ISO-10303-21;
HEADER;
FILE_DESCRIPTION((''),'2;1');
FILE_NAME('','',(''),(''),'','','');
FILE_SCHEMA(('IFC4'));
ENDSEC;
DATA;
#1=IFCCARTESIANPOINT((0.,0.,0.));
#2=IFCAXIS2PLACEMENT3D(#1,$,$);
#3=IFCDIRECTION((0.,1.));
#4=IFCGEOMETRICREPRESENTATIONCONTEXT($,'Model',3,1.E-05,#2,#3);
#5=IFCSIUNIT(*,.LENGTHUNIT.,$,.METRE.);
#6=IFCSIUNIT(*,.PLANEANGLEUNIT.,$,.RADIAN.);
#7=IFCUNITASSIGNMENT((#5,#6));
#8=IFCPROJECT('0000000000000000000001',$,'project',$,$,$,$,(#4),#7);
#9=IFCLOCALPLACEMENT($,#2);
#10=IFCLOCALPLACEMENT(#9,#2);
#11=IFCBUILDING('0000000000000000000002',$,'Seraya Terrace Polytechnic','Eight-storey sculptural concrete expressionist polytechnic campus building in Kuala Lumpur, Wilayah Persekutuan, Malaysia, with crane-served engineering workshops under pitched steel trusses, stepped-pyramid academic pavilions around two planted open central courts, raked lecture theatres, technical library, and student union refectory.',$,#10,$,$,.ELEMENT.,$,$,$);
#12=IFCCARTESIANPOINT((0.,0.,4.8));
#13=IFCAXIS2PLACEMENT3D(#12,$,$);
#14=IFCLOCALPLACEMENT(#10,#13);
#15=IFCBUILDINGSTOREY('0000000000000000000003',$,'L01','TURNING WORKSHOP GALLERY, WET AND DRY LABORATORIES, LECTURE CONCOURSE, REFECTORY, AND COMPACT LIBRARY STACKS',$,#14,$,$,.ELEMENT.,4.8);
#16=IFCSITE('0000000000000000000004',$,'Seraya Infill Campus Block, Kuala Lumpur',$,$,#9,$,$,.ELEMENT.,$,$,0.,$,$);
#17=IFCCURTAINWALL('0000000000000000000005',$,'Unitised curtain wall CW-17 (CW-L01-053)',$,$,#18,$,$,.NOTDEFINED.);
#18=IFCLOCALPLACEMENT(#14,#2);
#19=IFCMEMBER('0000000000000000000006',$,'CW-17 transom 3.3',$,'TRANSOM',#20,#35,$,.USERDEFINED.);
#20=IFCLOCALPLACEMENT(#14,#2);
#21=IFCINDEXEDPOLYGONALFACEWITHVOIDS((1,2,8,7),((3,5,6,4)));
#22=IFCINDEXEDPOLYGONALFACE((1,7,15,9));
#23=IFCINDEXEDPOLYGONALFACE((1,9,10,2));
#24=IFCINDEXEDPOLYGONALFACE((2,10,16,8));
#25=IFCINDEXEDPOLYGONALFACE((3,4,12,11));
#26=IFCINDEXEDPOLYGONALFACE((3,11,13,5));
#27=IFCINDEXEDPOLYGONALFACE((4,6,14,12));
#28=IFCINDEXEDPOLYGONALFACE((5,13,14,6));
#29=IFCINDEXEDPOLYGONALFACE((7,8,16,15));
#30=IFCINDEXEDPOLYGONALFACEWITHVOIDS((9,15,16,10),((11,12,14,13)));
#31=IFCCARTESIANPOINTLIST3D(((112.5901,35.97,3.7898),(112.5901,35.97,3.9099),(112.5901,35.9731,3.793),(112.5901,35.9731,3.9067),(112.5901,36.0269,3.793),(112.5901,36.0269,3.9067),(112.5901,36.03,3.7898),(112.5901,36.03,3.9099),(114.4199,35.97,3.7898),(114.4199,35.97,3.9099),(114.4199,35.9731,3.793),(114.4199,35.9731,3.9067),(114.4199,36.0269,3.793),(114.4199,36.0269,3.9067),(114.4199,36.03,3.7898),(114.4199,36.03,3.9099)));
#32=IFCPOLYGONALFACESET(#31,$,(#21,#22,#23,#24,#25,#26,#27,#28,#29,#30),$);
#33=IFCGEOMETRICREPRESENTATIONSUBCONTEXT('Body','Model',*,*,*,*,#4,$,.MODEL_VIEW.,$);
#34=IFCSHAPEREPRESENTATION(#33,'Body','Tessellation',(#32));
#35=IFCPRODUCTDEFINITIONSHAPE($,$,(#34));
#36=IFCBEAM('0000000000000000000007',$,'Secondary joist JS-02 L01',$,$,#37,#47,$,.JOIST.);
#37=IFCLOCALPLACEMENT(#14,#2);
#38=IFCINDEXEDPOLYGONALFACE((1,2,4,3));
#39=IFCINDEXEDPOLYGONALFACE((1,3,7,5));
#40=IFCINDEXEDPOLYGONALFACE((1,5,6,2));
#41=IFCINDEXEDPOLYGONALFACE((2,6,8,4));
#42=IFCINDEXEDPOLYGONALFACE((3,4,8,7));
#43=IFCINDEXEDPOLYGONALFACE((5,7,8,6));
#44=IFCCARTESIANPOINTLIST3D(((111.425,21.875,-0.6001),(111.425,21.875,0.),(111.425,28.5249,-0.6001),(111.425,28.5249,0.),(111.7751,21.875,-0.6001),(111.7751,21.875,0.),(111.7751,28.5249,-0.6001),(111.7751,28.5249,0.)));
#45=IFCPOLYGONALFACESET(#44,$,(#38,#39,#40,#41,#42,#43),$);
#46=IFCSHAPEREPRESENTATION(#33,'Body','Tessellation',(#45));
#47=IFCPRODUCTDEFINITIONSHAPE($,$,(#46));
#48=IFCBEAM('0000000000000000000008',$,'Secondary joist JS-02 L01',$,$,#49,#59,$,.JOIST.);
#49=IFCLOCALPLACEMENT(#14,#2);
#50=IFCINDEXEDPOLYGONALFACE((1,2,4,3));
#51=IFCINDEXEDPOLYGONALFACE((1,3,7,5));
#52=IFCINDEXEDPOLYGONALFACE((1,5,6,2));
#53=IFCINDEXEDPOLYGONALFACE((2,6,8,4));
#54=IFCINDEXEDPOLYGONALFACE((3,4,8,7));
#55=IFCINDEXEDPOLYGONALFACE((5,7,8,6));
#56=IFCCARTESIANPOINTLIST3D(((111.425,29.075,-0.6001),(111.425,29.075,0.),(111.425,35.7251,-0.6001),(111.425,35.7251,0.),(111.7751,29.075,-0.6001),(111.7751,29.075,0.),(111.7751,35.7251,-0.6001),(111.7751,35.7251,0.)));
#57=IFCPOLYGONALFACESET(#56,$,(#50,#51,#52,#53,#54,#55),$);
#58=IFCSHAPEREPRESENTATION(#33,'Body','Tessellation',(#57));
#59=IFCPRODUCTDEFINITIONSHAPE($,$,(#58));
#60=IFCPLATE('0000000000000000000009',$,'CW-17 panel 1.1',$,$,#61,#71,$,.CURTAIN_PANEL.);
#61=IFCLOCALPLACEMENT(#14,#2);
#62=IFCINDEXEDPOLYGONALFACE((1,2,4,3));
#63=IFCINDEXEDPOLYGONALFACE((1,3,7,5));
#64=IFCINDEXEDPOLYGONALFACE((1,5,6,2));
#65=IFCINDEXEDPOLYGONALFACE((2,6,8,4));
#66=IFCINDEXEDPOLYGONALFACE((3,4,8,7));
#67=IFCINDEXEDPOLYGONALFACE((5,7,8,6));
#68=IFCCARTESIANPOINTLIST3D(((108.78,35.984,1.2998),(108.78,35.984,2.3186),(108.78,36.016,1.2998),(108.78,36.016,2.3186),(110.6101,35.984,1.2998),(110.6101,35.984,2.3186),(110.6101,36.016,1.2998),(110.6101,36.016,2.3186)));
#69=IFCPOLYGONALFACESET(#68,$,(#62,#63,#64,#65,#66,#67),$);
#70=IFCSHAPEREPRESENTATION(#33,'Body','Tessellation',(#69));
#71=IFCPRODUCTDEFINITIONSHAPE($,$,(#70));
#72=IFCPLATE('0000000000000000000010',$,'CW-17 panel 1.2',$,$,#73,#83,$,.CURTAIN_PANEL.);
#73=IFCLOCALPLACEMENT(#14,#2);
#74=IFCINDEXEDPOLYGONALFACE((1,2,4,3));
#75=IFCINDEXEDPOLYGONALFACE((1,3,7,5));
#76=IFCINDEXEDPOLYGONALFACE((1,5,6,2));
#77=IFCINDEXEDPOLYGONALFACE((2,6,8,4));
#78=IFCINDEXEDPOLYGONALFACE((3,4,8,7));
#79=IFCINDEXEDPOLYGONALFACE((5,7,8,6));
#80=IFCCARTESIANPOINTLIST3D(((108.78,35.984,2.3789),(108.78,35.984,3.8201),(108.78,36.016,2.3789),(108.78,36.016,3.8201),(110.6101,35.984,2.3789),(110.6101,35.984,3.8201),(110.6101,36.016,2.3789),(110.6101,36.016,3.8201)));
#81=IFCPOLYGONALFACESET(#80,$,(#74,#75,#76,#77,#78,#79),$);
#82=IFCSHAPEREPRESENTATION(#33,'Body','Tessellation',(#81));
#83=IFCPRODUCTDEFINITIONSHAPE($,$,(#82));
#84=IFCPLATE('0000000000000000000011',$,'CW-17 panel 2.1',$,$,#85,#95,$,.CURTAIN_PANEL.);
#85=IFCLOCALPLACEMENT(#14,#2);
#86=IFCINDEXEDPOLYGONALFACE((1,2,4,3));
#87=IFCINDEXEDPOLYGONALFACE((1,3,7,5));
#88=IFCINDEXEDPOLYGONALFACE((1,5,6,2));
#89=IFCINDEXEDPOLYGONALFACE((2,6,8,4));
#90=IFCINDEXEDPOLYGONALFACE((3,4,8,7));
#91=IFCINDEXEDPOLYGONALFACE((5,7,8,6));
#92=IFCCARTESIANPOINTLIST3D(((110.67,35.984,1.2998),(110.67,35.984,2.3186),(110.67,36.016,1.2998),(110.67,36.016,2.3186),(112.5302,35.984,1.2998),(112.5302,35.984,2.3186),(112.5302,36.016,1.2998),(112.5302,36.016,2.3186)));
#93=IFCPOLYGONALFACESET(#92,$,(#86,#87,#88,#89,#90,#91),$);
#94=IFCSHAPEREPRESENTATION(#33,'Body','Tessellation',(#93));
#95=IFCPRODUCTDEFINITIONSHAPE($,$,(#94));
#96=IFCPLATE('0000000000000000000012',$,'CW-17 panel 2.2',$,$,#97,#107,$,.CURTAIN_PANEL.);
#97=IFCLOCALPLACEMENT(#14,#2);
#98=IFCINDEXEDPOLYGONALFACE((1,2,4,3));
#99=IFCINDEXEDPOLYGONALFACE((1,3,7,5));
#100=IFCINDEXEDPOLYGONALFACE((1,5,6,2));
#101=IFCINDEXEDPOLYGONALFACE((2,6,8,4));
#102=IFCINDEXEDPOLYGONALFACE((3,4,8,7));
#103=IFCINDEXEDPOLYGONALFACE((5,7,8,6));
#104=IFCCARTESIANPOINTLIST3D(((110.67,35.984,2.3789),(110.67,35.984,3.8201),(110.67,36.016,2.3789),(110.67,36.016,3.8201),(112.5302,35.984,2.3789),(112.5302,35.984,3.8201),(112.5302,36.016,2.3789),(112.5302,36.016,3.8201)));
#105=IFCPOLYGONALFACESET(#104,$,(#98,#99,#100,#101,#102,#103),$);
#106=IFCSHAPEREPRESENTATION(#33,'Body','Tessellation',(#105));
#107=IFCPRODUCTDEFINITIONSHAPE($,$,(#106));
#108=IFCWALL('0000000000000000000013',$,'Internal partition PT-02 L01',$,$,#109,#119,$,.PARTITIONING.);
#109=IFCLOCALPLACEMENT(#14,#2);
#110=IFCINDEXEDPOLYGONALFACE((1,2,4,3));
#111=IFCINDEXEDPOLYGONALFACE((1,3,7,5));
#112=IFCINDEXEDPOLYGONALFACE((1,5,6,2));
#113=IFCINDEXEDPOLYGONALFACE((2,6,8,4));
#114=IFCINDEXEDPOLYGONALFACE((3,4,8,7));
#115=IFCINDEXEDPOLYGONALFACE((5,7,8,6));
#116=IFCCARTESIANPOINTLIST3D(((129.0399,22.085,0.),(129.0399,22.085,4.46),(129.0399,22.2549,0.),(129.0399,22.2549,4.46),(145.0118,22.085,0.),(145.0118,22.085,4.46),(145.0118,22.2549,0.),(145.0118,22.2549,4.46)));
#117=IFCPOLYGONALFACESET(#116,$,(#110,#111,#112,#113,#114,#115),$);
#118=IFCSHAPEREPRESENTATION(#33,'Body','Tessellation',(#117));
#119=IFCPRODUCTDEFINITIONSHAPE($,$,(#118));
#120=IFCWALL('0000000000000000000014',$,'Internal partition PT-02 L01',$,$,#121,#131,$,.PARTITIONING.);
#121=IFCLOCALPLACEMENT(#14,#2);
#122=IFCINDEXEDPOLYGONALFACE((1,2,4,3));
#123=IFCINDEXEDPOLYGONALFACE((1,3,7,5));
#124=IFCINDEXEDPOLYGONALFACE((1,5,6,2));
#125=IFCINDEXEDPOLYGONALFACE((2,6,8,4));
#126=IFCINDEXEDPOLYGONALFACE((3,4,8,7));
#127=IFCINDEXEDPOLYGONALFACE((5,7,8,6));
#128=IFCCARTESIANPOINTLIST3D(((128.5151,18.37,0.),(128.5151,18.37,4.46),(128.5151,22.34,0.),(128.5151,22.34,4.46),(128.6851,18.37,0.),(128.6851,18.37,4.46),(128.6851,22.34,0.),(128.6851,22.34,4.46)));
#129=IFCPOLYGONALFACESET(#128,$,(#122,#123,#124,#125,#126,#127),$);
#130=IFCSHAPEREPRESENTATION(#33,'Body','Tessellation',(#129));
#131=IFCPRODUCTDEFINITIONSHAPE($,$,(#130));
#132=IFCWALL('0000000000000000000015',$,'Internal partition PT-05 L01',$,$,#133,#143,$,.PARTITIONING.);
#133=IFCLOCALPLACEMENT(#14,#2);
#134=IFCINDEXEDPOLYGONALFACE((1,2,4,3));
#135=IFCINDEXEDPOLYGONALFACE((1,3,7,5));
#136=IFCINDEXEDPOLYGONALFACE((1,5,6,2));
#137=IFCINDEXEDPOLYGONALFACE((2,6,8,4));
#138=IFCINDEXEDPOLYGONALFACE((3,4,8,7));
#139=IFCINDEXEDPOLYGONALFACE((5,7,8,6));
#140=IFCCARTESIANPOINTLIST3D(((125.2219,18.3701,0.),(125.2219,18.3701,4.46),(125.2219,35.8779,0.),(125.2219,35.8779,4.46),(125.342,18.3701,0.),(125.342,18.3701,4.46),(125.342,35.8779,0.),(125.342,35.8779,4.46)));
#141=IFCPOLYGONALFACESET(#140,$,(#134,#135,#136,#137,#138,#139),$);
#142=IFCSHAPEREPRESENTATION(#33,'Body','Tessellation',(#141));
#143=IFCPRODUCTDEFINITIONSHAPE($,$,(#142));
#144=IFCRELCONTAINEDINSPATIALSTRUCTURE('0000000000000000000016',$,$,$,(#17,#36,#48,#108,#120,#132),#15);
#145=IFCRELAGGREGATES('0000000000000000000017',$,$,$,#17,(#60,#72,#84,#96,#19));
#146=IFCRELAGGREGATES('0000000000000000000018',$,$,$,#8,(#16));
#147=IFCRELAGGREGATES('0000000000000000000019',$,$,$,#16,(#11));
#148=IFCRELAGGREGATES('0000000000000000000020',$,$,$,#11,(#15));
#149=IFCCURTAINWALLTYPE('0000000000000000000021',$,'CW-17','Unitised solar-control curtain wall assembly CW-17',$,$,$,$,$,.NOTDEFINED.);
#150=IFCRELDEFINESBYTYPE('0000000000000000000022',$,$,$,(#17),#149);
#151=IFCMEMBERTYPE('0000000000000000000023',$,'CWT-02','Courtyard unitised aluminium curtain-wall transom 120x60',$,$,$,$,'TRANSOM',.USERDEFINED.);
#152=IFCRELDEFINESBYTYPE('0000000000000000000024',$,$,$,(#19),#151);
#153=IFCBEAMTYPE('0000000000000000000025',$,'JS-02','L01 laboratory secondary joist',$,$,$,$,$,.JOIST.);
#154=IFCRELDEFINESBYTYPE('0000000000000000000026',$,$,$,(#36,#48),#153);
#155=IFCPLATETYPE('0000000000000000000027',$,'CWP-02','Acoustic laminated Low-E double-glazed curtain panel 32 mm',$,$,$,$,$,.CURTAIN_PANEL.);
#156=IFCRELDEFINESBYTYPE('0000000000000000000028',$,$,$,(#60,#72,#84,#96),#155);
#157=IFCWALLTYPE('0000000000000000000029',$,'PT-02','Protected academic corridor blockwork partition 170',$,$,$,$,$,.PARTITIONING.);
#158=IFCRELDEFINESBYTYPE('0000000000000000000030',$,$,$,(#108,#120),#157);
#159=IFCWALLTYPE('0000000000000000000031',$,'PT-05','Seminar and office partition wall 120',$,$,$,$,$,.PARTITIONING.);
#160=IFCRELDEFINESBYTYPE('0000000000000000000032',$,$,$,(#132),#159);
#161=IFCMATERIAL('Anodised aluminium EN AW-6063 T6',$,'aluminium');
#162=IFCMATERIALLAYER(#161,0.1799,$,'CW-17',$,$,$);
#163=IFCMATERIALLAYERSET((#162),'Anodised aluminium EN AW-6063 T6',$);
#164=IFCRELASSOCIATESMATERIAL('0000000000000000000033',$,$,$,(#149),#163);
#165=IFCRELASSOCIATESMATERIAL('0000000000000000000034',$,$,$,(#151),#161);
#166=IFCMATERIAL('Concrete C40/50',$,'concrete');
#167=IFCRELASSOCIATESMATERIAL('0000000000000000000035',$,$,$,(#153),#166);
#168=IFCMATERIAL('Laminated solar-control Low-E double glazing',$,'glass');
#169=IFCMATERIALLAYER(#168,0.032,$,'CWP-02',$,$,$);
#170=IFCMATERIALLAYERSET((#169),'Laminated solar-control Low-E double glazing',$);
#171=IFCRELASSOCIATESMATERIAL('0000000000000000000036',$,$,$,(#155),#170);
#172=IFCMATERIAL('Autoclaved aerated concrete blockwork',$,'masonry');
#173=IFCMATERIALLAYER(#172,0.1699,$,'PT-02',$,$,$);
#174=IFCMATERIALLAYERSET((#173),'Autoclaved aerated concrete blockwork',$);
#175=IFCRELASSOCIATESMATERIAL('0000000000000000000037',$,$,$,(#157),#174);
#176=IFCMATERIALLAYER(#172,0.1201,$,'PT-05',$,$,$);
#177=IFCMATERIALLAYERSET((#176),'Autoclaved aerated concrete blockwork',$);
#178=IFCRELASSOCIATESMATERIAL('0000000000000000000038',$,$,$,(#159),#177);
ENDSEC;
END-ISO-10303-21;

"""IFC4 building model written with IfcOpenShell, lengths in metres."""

from ifc_helpers import new_model, si_unit, direction, frame, frame_2d, origin, origin_2d, place, context, subcontext, project, spatial, rectangle, hollow_rectangle, extrude, material, layer, layer_set, material_profile, profile_set, type_object, element, aggregate, save


model = new_model("IFC4")

# Units and contexts
model_context = context("Model", 3, precision=1e-05, world=origin(), true_north=direction((0.0, 1.0)))
body_context = subcontext(model_context, "Body", "Model", "MODEL_VIEW")
ifc_project = project(units=[si_unit("LENGTHUNIT", "METRE"), si_unit("PLANEANGLEUNIT", "RADIAN")], contexts=[model_context])

# Site, building, storey
site_placement = place(None, origin())
site = spatial("IfcSite", under=ifc_project, at=site_placement, Name="Seraya Infill Campus Block, Kuala Lumpur", CompositionType="ELEMENT", RefElevation=0.0)
building_placement = place(site_placement, origin())
building = spatial("IfcBuilding", under=site, at=building_placement, Name="Seraya Terrace Polytechnic", Description="Eight-storey sculptural concrete expressionist polytechnic campus building in Kuala Lumpur, Wilayah Persekutuan, Malaysia, with crane-served engineering workshops under pitched steel trusses, stepped-pyramid academic pavilions around two planted open central courts, raked lecture theatres, technical library, and student union refectory.", CompositionType="ELEMENT")
storey_placement = place(building_placement, frame((0.0, 0.0, 4.8)))
storey = spatial("IfcBuildingStorey", under=building, at=storey_placement, Name="L01", Description="TURNING WORKSHOP GALLERY, WET AND DRY LABORATORIES, LECTURE CONCOURSE, REFECTORY, AND COMPACT LIBRARY STACKS", CompositionType="ELEMENT", Elevation=4.8)

# Shared definitions
ifc_material_1 = material(Name="Concrete C40/50", Category="concrete")

# Curtain wall, member
ifc_material_2 = material(Name="Anodised aluminium EN AW-6063 T6", Category="aluminium")
ifc_layer_1 = layer(ifc_material_2, 0.1799, Name="CW-17")
ifc_layer_set_1 = layer_set([ifc_layer_1], Name="Anodised aluminium EN AW-6063 T6")
curtain_wall_type = type_object("IfcCurtainWallType", Name="CW-17", Description="Unitised solar-control curtain wall assembly CW-17", PredefinedType="NOTDEFINED", material=ifc_layer_set_1)
curtain_wall_placement = place(storey_placement, origin())
curtain_wall = element("IfcCurtainWall", 1, at=curtain_wall_placement, inside=storey, type_object=curtain_wall_type, Name="Unitised curtain wall CW-17 (CW-L01-053)", PredefinedType="NOTDEFINED")
ifc_material_profile_1 = material_profile(ifc_material_2, hollow_rectangle(XDim=0.0601, YDim=0.1201, WallThickness=0.0032, at=origin_2d()), Name="RHS 120x60x3.2")
ifc_profile_set_1 = profile_set([ifc_material_profile_1], Name="Anodised aluminium EN AW-6063 T6")
member_type_1 = type_object("IfcMemberType", Name="CWT-02", Description="Courtyard unitised aluminium curtain-wall transom 120x60", ElementType="TRANSOM", PredefinedType="USERDEFINED", material=ifc_profile_set_1)
member_1_placement = place(storey_placement, frame((112.5901, 36.0, 3.8499), z_axis=(1.0, 0.0, 0.0), x_axis=(0.0, 1.0, 0.0)))
member_1 = element("IfcMember", 2, at=member_1_placement, type_object=member_type_1, Name="CW-17 transom 3.3", ObjectType="TRANSOM", PredefinedType="USERDEFINED", context=body_context, shape_type="SweptSolid", body=[
    extrude(hollow_rectangle(XDim=0.0601, YDim=0.1201, WallThickness=0.0032, at=origin_2d()), origin(), (0.0, 0.0, 1.0), 1.8298),
])

# Beams
ifc_material_profile_2 = material_profile(ifc_material_1, rectangle(XDim=0.3501, YDim=0.6001, at=origin_2d()), Name="RC 350x600")
ifc_profile_set_2 = profile_set([ifc_material_profile_2], Name="Concrete C40/50")
beam_type_1 = type_object("IfcBeamType", Name="JS-02", Description="L01 laboratory secondary joist", PredefinedType="JOIST", material=ifc_profile_set_2)
beam_1_placement = place(storey_placement, frame((111.6001, 21.875, -0.3), z_axis=(0.0, 1.0, 0.0), x_axis=(-1.0, 0.0, 0.0)))
element("IfcBeam", 3, at=beam_1_placement, inside=storey, type_object=beam_type_1, Name="Secondary joist JS-02 L01", PredefinedType="JOIST", context=body_context, shape_type="SweptSolid", body=[
    extrude(rectangle(XDim=0.3501, YDim=0.6001, at=origin_2d()), origin(), (0.0, 0.0, 1.0), 6.6499),
])
beam_2_placement = place(storey_placement, frame((111.6001, 29.075, -0.3), z_axis=(0.0, 1.0, 0.0), x_axis=(-1.0, 0.0, 0.0)))
element("IfcBeam", 4, at=beam_2_placement, inside=storey, type_object=beam_type_1, Name="Secondary joist JS-02 L01", PredefinedType="JOIST", context=body_context, shape_type="SweptSolid", body=[
    extrude(rectangle(XDim=0.3501, YDim=0.6001, at=origin_2d()), origin(), (0.0, 0.0, 1.0), 6.6501),
])

# Plates
ifc_material_3 = material(Name="Laminated solar-control Low-E double glazing", Category="glass")
ifc_layer_2 = layer(ifc_material_3, 0.032, Name="CWP-02")
ifc_layer_set_2 = layer_set([ifc_layer_2], Name="Laminated solar-control Low-E double glazing")
plate_type = type_object("IfcPlateType", Name="CWP-02", Description="Acoustic laminated Low-E double-glazed curtain panel 32 mm", PredefinedType="CURTAIN_PANEL", material=ifc_layer_set_2)
plate_1_placement = place(storey_placement, frame((109.6951, 36.0, 1.2998), z_axis=(0.0, 0.0, 1.0), x_axis=(1.0, 0.0, 0.0)))
plate_1 = element("IfcPlate", 5, at=plate_1_placement, type_object=plate_type, Name="CW-17 panel 1.1", PredefinedType="CURTAIN_PANEL", context=body_context, shape_type="SweptSolid", body=[
    extrude(rectangle(XDim=1.8301, YDim=0.032, at=origin_2d()), origin(), (0.0, 0.0, 1.0), 1.0188),
])
plate_2_placement = place(storey_placement, frame((109.6951, 36.0, 2.3789), z_axis=(0.0, 0.0, 1.0), x_axis=(1.0, 0.0, 0.0)))
plate_2 = element("IfcPlate", 6, at=plate_2_placement, type_object=plate_type, Name="CW-17 panel 1.2", PredefinedType="CURTAIN_PANEL", context=body_context, shape_type="SweptSolid", body=[
    extrude(rectangle(XDim=1.8301, YDim=0.032, at=origin_2d()), origin(), (0.0, 0.0, 1.0), 1.4412),
])
plate_3_placement = place(storey_placement, frame((111.6001, 36.0, 1.2998), z_axis=(0.0, 0.0, 1.0), x_axis=(1.0, 0.0, 0.0)))
plate_3 = element("IfcPlate", 7, at=plate_3_placement, type_object=plate_type, Name="CW-17 panel 2.1", PredefinedType="CURTAIN_PANEL", context=body_context, shape_type="SweptSolid", body=[
    extrude(rectangle(XDim=1.8601, YDim=0.032, at=origin_2d()), origin(), (0.0, 0.0, 1.0), 1.0188),
])
plate_4_placement = place(storey_placement, frame((111.6001, 36.0, 2.3789), z_axis=(0.0, 0.0, 1.0), x_axis=(1.0, 0.0, 0.0)))
plate_4 = element("IfcPlate", 8, at=plate_4_placement, type_object=plate_type, Name="CW-17 panel 2.2", PredefinedType="CURTAIN_PANEL", context=body_context, shape_type="SweptSolid", body=[
    extrude(rectangle(XDim=1.8601, YDim=0.032, at=origin_2d()), origin(), (0.0, 0.0, 1.0), 1.4412),
])
aggregate(curtain_wall, [plate_1, plate_2, plate_3, plate_4, member_1])

# Walls
ifc_material_4 = material(Name="Autoclaved aerated concrete blockwork", Category="masonry")
ifc_layer_3 = layer(ifc_material_4, 0.1699, Name="PT-02")
ifc_layer_set_3 = layer_set([ifc_layer_3], Name="Autoclaved aerated concrete blockwork")
wall_type_1 = type_object("IfcWallType", Name="PT-02", Description="Protected academic corridor blockwork partition 170", PredefinedType="PARTITIONING", material=ifc_layer_set_3)
wall_1_placement = place(storey_placement, frame((129.04, 22.1699, 0.0), z_axis=(0.0, 0.0, 1.0), x_axis=(1.0, 0.0, 0.0)))
element("IfcWall", 9, at=wall_1_placement, inside=storey, type_object=wall_type_1, Name="Internal partition PT-02 L01", PredefinedType="PARTITIONING", context=body_context, shape_type="SweptSolid", body=[
    extrude(rectangle(XDim=15.9719, YDim=0.1699, at=frame_2d((7.9858, 0.0))), origin(), (0.0, 0.0, 1.0), 4.46),
])
wall_2_placement = place(storey_placement, frame((128.6001, 18.3701, 0.0), z_axis=(0.0, 0.0, 1.0), x_axis=(0.0, 1.0, 0.0)))
element("IfcWall", 10, at=wall_2_placement, inside=storey, type_object=wall_type_1, Name="Internal partition PT-02 L01", PredefinedType="PARTITIONING", context=body_context, shape_type="SweptSolid", body=[
    extrude(rectangle(XDim=3.97, YDim=0.1699, at=frame_2d((1.9849, 0.0))), origin(), (0.0, 0.0, 1.0), 4.46),
])
ifc_layer_4 = layer(ifc_material_4, 0.1201, Name="PT-05")
ifc_layer_set_4 = layer_set([ifc_layer_4], Name="Autoclaved aerated concrete blockwork")
wall_type_2 = type_object("IfcWallType", Name="PT-05", Description="Seminar and office partition wall 120", PredefinedType="PARTITIONING", material=ifc_layer_set_4)
wall_3_placement = place(storey_placement, frame((125.282, 18.3701, 0.0), z_axis=(0.0, 0.0, 1.0), x_axis=(0.0, 1.0, 0.0)))
element("IfcWall", 11, at=wall_3_placement, inside=storey, type_object=wall_type_2, Name="Internal partition PT-05 L01", PredefinedType="PARTITIONING", context=body_context, shape_type="SweptSolid", body=[
    extrude(rectangle(XDim=17.5078, YDim=0.1201, at=frame_2d((8.7539, 0.0))), origin(), (0.0, 0.0, 1.0), 4.46),
])

save(model, "model.ifc")
